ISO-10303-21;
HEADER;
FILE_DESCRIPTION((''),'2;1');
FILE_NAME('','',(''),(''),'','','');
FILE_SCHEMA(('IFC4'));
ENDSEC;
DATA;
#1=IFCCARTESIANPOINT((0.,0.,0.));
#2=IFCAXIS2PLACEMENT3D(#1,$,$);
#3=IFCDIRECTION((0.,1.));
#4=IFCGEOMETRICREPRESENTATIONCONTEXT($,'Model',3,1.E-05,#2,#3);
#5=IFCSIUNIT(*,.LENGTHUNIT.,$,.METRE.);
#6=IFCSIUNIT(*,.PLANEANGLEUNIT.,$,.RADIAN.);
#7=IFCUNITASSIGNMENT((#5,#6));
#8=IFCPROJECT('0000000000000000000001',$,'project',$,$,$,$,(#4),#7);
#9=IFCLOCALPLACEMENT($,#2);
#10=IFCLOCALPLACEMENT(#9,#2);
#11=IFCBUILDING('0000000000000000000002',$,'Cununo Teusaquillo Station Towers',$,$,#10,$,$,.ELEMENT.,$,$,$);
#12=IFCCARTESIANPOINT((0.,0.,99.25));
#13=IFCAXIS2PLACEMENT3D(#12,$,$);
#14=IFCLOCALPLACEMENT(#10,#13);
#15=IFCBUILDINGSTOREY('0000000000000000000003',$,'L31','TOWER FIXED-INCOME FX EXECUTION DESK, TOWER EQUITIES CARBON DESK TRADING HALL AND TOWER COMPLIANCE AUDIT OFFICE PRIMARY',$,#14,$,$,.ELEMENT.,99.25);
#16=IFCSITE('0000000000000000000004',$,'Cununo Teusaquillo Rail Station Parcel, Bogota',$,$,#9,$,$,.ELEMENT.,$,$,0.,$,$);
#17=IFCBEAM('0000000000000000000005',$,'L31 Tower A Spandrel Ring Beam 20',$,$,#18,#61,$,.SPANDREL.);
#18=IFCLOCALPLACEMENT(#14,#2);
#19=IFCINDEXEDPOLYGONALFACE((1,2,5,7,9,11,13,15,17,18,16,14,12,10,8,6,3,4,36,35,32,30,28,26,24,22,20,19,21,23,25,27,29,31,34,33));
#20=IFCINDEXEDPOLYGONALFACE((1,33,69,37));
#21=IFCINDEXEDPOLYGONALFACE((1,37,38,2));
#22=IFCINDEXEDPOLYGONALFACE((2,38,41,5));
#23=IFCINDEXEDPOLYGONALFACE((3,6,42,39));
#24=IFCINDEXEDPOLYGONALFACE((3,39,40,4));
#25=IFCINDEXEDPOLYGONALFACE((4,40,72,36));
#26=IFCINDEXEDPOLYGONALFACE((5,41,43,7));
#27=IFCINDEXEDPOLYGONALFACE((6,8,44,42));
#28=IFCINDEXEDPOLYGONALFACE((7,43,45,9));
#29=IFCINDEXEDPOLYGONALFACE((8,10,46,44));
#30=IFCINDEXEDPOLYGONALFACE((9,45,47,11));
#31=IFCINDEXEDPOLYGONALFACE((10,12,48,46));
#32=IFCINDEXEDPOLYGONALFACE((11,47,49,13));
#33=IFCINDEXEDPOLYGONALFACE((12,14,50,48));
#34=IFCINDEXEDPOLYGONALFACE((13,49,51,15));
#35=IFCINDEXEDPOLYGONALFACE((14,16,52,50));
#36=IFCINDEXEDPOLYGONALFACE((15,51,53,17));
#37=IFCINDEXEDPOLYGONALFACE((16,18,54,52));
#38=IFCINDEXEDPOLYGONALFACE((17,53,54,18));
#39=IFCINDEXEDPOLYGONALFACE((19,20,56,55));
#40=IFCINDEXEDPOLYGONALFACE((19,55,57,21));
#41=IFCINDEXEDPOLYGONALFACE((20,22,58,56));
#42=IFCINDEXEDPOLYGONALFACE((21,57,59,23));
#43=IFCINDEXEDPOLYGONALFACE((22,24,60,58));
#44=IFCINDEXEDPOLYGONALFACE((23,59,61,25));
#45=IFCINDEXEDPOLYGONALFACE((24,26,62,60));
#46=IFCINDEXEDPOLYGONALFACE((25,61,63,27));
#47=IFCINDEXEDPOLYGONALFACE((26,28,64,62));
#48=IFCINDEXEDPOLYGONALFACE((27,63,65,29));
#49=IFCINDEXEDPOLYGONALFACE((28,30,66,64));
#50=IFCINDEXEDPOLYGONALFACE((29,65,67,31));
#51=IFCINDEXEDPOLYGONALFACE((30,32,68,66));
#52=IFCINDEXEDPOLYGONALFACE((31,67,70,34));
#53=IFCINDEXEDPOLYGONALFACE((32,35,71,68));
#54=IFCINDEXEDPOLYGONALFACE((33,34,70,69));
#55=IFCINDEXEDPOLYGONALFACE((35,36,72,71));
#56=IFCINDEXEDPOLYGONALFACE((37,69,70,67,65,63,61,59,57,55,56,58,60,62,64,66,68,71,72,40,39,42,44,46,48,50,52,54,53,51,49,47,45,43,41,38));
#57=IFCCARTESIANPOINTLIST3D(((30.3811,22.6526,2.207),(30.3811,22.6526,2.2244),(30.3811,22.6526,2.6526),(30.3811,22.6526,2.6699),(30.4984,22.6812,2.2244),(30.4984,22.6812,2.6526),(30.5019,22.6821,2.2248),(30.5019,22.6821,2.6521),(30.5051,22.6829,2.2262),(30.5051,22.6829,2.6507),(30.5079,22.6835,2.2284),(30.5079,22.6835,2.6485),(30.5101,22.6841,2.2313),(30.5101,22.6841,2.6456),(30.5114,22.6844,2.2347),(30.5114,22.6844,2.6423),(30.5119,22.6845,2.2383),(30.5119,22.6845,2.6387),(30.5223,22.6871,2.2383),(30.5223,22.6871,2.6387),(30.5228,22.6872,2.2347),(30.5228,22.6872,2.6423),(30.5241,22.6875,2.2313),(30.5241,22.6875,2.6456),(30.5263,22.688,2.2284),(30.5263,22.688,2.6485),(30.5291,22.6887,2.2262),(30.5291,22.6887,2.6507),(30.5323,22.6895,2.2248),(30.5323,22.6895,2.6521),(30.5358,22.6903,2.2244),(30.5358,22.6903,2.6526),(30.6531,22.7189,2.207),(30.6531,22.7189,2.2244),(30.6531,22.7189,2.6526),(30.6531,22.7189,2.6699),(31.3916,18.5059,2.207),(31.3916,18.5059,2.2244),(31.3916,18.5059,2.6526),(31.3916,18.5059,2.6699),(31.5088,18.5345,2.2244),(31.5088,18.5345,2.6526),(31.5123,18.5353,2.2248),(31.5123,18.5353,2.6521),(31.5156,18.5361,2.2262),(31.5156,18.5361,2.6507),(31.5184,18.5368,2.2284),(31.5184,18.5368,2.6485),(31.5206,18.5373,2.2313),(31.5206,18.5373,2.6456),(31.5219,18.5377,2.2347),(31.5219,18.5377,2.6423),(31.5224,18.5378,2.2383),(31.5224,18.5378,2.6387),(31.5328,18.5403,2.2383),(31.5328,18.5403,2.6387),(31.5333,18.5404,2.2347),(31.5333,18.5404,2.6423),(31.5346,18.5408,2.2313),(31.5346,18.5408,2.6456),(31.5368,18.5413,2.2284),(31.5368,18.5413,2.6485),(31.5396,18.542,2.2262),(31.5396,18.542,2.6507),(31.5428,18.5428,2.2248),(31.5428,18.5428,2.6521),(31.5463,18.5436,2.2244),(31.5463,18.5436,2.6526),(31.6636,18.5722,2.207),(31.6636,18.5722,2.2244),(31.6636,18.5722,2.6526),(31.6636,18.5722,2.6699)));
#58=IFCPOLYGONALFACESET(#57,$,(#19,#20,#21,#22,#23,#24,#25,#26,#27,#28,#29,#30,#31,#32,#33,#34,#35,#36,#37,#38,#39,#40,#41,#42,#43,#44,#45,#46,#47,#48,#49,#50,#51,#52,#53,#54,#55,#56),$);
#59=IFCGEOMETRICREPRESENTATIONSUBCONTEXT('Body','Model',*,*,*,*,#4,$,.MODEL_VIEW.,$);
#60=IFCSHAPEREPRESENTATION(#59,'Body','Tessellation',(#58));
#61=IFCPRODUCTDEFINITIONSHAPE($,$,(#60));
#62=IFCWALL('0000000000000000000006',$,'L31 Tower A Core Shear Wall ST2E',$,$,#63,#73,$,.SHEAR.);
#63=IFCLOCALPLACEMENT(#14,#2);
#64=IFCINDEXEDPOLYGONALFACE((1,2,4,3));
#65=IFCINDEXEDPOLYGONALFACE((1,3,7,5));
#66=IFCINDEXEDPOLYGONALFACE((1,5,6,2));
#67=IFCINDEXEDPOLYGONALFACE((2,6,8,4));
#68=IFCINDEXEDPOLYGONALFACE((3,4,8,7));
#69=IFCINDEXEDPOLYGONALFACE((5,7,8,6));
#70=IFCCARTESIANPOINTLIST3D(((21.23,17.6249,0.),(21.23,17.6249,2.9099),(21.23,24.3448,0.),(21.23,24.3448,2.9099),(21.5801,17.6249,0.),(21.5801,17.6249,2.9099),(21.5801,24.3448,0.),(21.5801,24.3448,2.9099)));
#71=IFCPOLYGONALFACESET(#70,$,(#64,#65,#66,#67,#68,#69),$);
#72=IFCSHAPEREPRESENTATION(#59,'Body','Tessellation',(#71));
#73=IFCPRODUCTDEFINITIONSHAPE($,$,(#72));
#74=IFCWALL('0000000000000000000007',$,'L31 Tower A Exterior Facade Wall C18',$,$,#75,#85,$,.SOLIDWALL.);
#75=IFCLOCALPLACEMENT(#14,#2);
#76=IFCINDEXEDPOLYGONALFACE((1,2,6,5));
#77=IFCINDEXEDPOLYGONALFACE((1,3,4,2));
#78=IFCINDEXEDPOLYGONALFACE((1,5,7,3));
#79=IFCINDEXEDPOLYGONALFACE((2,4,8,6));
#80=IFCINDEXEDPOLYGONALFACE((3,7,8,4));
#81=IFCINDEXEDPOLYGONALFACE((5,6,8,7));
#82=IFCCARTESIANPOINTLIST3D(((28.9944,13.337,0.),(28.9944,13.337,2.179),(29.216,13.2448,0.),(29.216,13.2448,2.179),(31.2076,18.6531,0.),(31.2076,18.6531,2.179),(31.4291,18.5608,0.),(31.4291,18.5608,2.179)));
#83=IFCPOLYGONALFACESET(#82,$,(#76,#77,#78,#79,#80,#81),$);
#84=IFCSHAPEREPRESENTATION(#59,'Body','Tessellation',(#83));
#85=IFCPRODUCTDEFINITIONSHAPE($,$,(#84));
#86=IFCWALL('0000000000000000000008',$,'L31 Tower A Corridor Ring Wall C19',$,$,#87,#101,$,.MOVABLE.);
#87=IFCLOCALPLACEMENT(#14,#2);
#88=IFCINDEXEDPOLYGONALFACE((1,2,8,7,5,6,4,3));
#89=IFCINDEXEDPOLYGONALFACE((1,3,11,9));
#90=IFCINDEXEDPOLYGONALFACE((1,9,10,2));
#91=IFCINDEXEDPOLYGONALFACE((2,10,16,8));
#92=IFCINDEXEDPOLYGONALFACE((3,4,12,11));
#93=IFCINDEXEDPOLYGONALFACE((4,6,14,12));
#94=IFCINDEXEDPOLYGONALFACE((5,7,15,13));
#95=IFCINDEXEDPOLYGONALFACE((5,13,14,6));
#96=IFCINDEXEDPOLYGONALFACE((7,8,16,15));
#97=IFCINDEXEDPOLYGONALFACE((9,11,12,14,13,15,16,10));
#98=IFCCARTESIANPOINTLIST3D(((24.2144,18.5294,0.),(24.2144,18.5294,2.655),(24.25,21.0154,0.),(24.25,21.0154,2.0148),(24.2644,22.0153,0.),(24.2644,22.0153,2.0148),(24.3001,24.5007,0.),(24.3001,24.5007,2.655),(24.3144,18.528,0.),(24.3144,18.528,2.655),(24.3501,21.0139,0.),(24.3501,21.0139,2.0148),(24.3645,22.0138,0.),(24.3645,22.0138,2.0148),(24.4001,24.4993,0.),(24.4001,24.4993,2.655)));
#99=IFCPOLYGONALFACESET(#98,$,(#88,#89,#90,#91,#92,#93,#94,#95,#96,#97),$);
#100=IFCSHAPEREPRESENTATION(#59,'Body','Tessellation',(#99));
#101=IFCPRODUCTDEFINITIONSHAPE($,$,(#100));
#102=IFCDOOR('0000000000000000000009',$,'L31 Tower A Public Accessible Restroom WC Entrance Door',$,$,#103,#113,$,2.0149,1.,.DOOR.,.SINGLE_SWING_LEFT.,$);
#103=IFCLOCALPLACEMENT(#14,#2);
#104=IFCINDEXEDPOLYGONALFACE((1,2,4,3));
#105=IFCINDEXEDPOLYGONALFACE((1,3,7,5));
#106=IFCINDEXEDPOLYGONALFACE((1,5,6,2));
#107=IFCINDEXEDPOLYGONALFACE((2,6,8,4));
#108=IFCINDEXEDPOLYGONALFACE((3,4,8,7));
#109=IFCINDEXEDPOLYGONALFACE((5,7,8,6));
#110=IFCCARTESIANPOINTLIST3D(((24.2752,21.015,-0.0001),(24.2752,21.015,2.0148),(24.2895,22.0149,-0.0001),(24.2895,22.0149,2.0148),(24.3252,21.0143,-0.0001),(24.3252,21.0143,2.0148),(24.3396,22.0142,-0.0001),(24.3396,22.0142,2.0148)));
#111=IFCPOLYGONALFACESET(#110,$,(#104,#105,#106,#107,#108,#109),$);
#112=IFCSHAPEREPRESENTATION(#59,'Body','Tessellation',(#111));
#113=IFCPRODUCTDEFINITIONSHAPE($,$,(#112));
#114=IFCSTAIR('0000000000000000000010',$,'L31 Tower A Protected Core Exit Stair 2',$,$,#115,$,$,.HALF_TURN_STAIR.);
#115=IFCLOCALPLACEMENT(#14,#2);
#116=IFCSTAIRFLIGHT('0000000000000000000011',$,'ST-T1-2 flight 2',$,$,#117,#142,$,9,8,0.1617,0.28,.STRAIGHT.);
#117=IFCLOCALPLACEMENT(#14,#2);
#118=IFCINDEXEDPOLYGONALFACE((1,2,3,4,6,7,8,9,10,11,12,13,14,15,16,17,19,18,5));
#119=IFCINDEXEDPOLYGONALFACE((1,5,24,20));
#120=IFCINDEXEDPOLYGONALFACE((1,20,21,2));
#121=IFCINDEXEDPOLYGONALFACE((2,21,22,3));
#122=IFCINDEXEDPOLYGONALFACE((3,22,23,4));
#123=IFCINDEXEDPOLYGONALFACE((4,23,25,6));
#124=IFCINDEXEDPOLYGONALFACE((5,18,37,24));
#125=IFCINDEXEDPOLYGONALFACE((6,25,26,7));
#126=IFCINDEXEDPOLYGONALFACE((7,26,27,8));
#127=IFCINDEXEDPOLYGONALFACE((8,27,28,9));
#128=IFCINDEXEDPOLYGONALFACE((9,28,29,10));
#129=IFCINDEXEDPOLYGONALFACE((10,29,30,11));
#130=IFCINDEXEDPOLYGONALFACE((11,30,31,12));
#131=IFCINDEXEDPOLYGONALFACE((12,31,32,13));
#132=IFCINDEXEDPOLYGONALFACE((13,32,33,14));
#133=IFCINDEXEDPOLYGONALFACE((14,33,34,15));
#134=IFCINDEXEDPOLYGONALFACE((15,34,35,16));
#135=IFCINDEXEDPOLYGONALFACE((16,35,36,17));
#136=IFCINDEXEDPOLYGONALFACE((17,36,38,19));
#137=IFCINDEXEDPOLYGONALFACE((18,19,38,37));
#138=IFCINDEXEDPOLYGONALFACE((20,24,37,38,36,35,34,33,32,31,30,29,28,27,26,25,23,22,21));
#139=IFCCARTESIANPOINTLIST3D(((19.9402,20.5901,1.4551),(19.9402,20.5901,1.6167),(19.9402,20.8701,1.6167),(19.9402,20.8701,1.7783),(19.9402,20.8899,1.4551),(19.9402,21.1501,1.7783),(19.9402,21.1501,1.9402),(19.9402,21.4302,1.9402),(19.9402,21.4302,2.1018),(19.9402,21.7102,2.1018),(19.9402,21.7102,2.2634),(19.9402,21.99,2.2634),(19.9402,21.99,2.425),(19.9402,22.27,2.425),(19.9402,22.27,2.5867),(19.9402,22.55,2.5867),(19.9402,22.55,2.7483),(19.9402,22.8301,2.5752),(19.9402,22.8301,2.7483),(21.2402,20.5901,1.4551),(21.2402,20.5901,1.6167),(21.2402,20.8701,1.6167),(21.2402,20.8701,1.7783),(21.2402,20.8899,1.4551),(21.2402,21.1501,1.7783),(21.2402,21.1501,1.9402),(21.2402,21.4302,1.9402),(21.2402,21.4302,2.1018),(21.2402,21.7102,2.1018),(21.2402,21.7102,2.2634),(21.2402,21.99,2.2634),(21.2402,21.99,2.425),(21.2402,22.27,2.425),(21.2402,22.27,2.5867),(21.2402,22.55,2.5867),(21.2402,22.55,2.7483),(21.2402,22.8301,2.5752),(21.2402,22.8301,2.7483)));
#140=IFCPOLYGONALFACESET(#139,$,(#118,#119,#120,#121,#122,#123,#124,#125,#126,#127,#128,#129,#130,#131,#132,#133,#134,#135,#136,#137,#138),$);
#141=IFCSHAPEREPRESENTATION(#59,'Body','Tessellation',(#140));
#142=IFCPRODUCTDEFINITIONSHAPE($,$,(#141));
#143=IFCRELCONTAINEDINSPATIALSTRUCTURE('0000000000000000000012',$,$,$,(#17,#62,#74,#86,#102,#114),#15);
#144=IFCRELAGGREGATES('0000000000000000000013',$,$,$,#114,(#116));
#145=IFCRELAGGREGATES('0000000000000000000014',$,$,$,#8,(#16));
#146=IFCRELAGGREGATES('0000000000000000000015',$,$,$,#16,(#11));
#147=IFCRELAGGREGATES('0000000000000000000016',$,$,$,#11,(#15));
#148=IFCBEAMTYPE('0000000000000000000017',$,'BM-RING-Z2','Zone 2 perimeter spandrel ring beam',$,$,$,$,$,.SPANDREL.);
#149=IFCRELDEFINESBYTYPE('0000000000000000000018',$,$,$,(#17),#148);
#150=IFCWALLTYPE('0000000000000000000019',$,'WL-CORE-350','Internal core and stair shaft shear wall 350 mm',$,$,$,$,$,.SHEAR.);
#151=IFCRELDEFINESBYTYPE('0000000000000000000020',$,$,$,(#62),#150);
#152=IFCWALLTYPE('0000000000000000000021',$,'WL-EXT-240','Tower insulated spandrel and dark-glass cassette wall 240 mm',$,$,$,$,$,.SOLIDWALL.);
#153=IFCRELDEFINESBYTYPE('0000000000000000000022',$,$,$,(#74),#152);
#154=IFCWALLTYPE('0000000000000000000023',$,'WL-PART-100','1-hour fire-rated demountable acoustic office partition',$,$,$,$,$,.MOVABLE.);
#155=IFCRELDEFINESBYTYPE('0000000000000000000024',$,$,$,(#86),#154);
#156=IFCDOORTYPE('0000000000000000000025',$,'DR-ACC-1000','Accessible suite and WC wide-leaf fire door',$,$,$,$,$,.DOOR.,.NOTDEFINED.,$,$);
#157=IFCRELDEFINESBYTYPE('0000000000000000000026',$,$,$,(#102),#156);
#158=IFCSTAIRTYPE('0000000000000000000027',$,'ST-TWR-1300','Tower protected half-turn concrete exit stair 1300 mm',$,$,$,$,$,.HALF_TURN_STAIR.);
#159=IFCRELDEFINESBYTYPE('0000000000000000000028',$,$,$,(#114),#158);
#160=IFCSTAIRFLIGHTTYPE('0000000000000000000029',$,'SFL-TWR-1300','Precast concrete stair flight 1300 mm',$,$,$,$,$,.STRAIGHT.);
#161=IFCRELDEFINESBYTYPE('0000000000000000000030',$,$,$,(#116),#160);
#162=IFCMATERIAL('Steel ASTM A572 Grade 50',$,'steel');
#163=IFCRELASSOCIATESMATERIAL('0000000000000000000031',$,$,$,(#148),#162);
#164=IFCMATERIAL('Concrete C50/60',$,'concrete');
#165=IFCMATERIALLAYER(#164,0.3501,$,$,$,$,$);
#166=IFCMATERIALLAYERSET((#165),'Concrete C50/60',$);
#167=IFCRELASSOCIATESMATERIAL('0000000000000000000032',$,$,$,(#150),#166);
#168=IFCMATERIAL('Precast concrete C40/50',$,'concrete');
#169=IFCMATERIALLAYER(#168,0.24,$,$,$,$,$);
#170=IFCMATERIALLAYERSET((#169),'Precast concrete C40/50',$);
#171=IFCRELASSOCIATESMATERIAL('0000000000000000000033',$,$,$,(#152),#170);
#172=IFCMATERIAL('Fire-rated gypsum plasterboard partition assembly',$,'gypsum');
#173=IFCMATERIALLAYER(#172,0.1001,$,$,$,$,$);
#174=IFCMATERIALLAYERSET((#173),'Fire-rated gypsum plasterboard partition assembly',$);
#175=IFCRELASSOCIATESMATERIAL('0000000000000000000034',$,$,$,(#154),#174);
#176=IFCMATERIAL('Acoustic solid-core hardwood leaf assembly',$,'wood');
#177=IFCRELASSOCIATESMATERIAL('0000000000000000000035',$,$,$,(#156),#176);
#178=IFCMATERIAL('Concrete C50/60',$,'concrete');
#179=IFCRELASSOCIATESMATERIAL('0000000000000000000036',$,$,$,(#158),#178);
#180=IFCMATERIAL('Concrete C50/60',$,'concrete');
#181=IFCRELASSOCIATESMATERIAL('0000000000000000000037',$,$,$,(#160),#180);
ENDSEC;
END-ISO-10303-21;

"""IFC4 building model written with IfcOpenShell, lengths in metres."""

from ifc_helpers import new_model, si_unit, direction, frame, frame_2d, origin, origin_2d, place, context, subcontext, project, spatial, polyline, rectangle, i_section, outline, extrude, source, transform, mapped, material, layer, layer_set, material_profile, profile_set, type_object, element, fill, aggregate, save


model = new_model("IFC4")

# Units and contexts
model_context = context("Model", 3, precision=1e-05, world=origin(), true_north=direction((0.0, 1.0)))
body_context = subcontext(model_context, "Body", "Model", "MODEL_VIEW")
ifc_project = project(units=[si_unit("LENGTHUNIT", "METRE"), si_unit("PLANEANGLEUNIT", "RADIAN")], contexts=[model_context])

# Site, building, storey
site_placement = place(None, origin())
site = spatial("IfcSite", under=ifc_project, at=site_placement, Name="Cununo Teusaquillo Rail Station Parcel, Bogota", CompositionType="ELEMENT", RefElevation=0.0)
building_placement = place(site_placement, origin())
building = spatial("IfcBuilding", under=site, at=building_placement, Name="Cununo Teusaquillo Station Towers", CompositionType="ELEMENT")
storey_placement = place(building_placement, frame((0.0, 0.0, 99.25)))
storey = spatial("IfcBuildingStorey", under=building, at=storey_placement, Name="L31", Description="TOWER FIXED-INCOME FX EXECUTION DESK, TOWER EQUITIES CARBON DESK TRADING HALL AND TOWER COMPLIANCE AUDIT OFFICE PRIMARY", CompositionType="ELEMENT", Elevation=99.25)

# Beam
ifc_material_1 = material(Name="Steel ASTM A572 Grade 50", Category="steel")
ifc_material_profile_1 = material_profile(ifc_material_1, i_section(OverallWidth=0.28, OverallDepth=0.4629, WebThickness=0.0107, FlangeThickness=0.0173, FilletRadius=0.0139, at=origin_2d()), Name="W18X76")
ifc_profile_set_1 = profile_set([ifc_material_profile_1], Name="Steel ASTM A572 Grade 50")
beam_type_1 = type_object("IfcBeamType", Name="BM-RING-Z2", Description="Zone 2 perimeter spandrel ring beam", PredefinedType="SPANDREL", material=ifc_profile_set_1)
beam_1_placement = place(storey_placement, frame((31.5276, 18.5391, 2.4385), z_axis=(-0.236757, 0.971569, 0.0), x_axis=(-0.971569, -0.236757, 0.0)))
element("IfcBeam", 1, at=beam_1_placement, inside=storey, type_object=beam_type_1, Name="L31 Tower A Spandrel Ring Beam 20", PredefinedType="SPANDREL", context=body_context, shape_type="SweptSolid", body=[
    extrude(i_section(OverallWidth=0.28, OverallDepth=0.4629, WebThickness=0.0107, FlangeThickness=0.0173, FilletRadius=0.0139, at=origin_2d()), origin(), (0.0, 0.0, 1.0), 4.2681),
])

# Walls
ifc_material_2 = material(Name="Concrete C50/60", Category="concrete")
ifc_layer_1 = layer(ifc_material_2, 0.3501)
ifc_layer_set_1 = layer_set([ifc_layer_1], Name="Concrete C50/60")
wall_type_1 = type_object("IfcWallType", Name="WL-CORE-350", Description="Internal core and stair shaft shear wall 350 mm", PredefinedType="SHEAR", material=ifc_layer_set_1)
wall_1_placement = place(storey_placement, frame((21.405, 17.625, 0.0), z_axis=(0.0, 0.0, 1.0), x_axis=(0.0, 1.0, 0.0)))
element("IfcWall", 2, at=wall_1_placement, inside=storey, type_object=wall_type_1, Name="L31 Tower A Core Shear Wall ST2E", PredefinedType="SHEAR", context=body_context, shape_type="SweptSolid", body=[
    extrude(rectangle(XDim=6.72, YDim=0.3501, at=frame_2d((3.3599, 0.0))), origin(), (0.0, 0.0, 1.0), 2.9099),
])
ifc_material_3 = material(Name="Precast concrete C40/50", Category="concrete")
ifc_layer_2 = layer(ifc_material_3, 0.24)
ifc_layer_set_2 = layer_set([ifc_layer_2], Name="Precast concrete C40/50")
wall_type_2 = type_object("IfcWallType", Name="WL-EXT-240", Description="Tower insulated spandrel and dark-glass cassette wall 240 mm", PredefinedType="SOLIDWALL", material=ifc_layer_set_2)
wall_2_placement = place(storey_placement, frame((31.3184, 18.6069, 0.0), z_axis=(0.0, 0.0, 1.0), x_axis=(-0.384344, -0.92319, 0.0)))
element("IfcWall", 3, at=wall_2_placement, inside=storey, type_object=wall_type_2, Name="L31 Tower A Exterior Facade Wall C18", PredefinedType="SOLIDWALL", context=body_context, shape_type="SweptSolid", body=[
    extrude(rectangle(XDim=5.7583, YDim=0.24, at=frame_2d((2.8792, 0.0))), origin(), (0.0, 0.0, 1.0), 2.179),
])

# Wall, opening, door
ifc_material_4 = material(Name="Fire-rated gypsum plasterboard partition assembly", Category="gypsum")
ifc_layer_3 = layer(ifc_material_4, 0.1001)
ifc_layer_set_3 = layer_set([ifc_layer_3], Name="Fire-rated gypsum plasterboard partition assembly")
wall_type_3 = type_object("IfcWallType", Name="WL-PART-100", Description="1-hour fire-rated demountable acoustic office partition", PredefinedType="MOVABLE", material=ifc_layer_set_3)
wall_3_placement = place(storey_placement, frame((24.2644, 18.5288, 0.0), z_axis=(0.0, 0.0, 1.0), x_axis=(0.01435, 0.999897, 0.0)))
wall_3 = element("IfcWall", 4, at=wall_3_placement, inside=storey, type_object=wall_type_3, Name="L31 Tower A Corridor Ring Wall C19", PredefinedType="MOVABLE", context=body_context, shape_type="SweptSolid", body=[
    extrude(rectangle(XDim=5.9719, YDim=0.1001, at=frame_2d((2.9858, 0.0))), origin(), (0.0, 0.0, 1.0), 2.655),
])
shared_shape_1 = source(origin(), body_context, "Body", "SweptSolid", [
    extrude(rectangle(XDim=1.0, YDim=2.0149, at=frame_2d((0.5, 1.0073))), frame((0.0, 0.0601, 0.0), z_axis=(0.0, -1.0, 0.0), x_axis=(1.0, 0.0, 0.0)), (0.0, 0.0, 1.0), 0.1201),
])
opening_placement = place(wall_3_placement, frame((2.4861, 0.0, 0.0)))
opening = element("IfcOpeningElement", 5, at=opening_placement, cuts=wall_3, PredefinedType="OPENING", context=body_context, shape_type="MappedRepresentation", body=[
    mapped(shared_shape_1, transform((0.0, 0.0, 0.0), x_axis=(1.0, 0.0, 0.0), y_axis=(0.0, 1.0, 0.0), z_axis=(0.0, 0.0, 1.0), scale=1.0)),
])
ifc_material_5 = material(Name="Acoustic solid-core hardwood leaf assembly", Category="wood")
door_type = type_object("IfcDoorType", Name="DR-ACC-1000", Description="Accessible suite and WC wide-leaf fire door", OperationType="NOTDEFINED", PredefinedType="DOOR", material=ifc_material_5)
shared_shape_2 = source(origin(), body_context, "Body", "SweptSolid", [
    extrude(rectangle(XDim=1.0, YDim=2.0149, at=frame_2d((0.5, 1.0073))), frame((0.0, 0.0249, 0.0), z_axis=(0.0, -1.0, 0.0), x_axis=(1.0, 0.0, 0.0)), (0.0, 0.0, 1.0), 0.05),
])
door_placement = place(opening_placement, origin())
door = element("IfcDoor", 6, at=door_placement, inside=storey, type_object=door_type, Name="L31 Tower A Public Accessible Restroom WC Entrance Door", OperationType="SINGLE_SWING_LEFT", OverallHeight=2.0149, OverallWidth=1.0, PredefinedType="DOOR", context=body_context, shape_type="MappedRepresentation", body=[
    mapped(shared_shape_2, transform((0.0, 0.0, 0.0), x_axis=(1.0, 0.0, 0.0), y_axis=(0.0, 1.0, 0.0), z_axis=(0.0, 0.0, 1.0), scale=1.0)),
])
fill(opening, door)

# Stair, stair flight
ifc_material_6 = material(Name="Concrete C50/60", Category="concrete")
stair_type = type_object("IfcStairType", Name="ST-TWR-1300", Description="Tower protected half-turn concrete exit stair 1300 mm", PredefinedType="HALF_TURN_STAIR", material=ifc_material_6)
stair_placement = place(storey_placement, origin())
stair = element("IfcStair", 7, at=stair_placement, inside=storey, type_object=stair_type, Name="L31 Tower A Protected Core Exit Stair 2", PredefinedType="HALF_TURN_STAIR")
ifc_material_7 = material(Name="Concrete C50/60", Category="concrete")
stair_flight_type = type_object("IfcStairFlightType", Name="SFL-TWR-1300", Description="Precast concrete stair flight 1300 mm", PredefinedType="STRAIGHT", material=ifc_material_7)
stair_flight_placement = place(storey_placement, frame((20.5901, 20.5901, 1.4551), z_axis=(0.0, 0.0, 1.0), x_axis=(0.0, 1.0, 0.0)))
stair_flight = element("IfcStairFlight", 8, at=stair_flight_placement, type_object=stair_flight_type, Name="ST-T1-2 flight 2", NumberOfRisers=9, NumberOfTreads=8, PredefinedType="STRAIGHT", RiserHeight=0.1617, TreadLength=0.28, context=body_context, shape_type="SweptSolid", body=[
    extrude(outline(polyline([(0.0, 0.0), (0.0, 0.1616), (0.28, 0.1616), (0.28, 0.3232), (0.5601, 0.3232), (0.5601, 0.4851), (0.8401, 0.4851), (0.8401, 0.6467), (1.1201, 0.6467), (1.1201, 0.8083), (1.3999, 0.8083), (1.3999, 0.97), (1.6799, 0.97), (1.6799, 1.1316), (1.96, 1.1316), (1.96, 1.2932), (2.24, 1.2932), (2.24, 1.4551), (2.24, 1.1201), (0.2998, 0.0), (0.0, 0.0)])), frame((0.0, 0.6499, 0.0), z_axis=(0.0, -1.0, 0.0), x_axis=(1.0, 0.0, 0.0)), (0.0, 0.0, 1.0), 1.3),
])
aggregate(stair, [stair_flight])

save(model, "model.ifc")
